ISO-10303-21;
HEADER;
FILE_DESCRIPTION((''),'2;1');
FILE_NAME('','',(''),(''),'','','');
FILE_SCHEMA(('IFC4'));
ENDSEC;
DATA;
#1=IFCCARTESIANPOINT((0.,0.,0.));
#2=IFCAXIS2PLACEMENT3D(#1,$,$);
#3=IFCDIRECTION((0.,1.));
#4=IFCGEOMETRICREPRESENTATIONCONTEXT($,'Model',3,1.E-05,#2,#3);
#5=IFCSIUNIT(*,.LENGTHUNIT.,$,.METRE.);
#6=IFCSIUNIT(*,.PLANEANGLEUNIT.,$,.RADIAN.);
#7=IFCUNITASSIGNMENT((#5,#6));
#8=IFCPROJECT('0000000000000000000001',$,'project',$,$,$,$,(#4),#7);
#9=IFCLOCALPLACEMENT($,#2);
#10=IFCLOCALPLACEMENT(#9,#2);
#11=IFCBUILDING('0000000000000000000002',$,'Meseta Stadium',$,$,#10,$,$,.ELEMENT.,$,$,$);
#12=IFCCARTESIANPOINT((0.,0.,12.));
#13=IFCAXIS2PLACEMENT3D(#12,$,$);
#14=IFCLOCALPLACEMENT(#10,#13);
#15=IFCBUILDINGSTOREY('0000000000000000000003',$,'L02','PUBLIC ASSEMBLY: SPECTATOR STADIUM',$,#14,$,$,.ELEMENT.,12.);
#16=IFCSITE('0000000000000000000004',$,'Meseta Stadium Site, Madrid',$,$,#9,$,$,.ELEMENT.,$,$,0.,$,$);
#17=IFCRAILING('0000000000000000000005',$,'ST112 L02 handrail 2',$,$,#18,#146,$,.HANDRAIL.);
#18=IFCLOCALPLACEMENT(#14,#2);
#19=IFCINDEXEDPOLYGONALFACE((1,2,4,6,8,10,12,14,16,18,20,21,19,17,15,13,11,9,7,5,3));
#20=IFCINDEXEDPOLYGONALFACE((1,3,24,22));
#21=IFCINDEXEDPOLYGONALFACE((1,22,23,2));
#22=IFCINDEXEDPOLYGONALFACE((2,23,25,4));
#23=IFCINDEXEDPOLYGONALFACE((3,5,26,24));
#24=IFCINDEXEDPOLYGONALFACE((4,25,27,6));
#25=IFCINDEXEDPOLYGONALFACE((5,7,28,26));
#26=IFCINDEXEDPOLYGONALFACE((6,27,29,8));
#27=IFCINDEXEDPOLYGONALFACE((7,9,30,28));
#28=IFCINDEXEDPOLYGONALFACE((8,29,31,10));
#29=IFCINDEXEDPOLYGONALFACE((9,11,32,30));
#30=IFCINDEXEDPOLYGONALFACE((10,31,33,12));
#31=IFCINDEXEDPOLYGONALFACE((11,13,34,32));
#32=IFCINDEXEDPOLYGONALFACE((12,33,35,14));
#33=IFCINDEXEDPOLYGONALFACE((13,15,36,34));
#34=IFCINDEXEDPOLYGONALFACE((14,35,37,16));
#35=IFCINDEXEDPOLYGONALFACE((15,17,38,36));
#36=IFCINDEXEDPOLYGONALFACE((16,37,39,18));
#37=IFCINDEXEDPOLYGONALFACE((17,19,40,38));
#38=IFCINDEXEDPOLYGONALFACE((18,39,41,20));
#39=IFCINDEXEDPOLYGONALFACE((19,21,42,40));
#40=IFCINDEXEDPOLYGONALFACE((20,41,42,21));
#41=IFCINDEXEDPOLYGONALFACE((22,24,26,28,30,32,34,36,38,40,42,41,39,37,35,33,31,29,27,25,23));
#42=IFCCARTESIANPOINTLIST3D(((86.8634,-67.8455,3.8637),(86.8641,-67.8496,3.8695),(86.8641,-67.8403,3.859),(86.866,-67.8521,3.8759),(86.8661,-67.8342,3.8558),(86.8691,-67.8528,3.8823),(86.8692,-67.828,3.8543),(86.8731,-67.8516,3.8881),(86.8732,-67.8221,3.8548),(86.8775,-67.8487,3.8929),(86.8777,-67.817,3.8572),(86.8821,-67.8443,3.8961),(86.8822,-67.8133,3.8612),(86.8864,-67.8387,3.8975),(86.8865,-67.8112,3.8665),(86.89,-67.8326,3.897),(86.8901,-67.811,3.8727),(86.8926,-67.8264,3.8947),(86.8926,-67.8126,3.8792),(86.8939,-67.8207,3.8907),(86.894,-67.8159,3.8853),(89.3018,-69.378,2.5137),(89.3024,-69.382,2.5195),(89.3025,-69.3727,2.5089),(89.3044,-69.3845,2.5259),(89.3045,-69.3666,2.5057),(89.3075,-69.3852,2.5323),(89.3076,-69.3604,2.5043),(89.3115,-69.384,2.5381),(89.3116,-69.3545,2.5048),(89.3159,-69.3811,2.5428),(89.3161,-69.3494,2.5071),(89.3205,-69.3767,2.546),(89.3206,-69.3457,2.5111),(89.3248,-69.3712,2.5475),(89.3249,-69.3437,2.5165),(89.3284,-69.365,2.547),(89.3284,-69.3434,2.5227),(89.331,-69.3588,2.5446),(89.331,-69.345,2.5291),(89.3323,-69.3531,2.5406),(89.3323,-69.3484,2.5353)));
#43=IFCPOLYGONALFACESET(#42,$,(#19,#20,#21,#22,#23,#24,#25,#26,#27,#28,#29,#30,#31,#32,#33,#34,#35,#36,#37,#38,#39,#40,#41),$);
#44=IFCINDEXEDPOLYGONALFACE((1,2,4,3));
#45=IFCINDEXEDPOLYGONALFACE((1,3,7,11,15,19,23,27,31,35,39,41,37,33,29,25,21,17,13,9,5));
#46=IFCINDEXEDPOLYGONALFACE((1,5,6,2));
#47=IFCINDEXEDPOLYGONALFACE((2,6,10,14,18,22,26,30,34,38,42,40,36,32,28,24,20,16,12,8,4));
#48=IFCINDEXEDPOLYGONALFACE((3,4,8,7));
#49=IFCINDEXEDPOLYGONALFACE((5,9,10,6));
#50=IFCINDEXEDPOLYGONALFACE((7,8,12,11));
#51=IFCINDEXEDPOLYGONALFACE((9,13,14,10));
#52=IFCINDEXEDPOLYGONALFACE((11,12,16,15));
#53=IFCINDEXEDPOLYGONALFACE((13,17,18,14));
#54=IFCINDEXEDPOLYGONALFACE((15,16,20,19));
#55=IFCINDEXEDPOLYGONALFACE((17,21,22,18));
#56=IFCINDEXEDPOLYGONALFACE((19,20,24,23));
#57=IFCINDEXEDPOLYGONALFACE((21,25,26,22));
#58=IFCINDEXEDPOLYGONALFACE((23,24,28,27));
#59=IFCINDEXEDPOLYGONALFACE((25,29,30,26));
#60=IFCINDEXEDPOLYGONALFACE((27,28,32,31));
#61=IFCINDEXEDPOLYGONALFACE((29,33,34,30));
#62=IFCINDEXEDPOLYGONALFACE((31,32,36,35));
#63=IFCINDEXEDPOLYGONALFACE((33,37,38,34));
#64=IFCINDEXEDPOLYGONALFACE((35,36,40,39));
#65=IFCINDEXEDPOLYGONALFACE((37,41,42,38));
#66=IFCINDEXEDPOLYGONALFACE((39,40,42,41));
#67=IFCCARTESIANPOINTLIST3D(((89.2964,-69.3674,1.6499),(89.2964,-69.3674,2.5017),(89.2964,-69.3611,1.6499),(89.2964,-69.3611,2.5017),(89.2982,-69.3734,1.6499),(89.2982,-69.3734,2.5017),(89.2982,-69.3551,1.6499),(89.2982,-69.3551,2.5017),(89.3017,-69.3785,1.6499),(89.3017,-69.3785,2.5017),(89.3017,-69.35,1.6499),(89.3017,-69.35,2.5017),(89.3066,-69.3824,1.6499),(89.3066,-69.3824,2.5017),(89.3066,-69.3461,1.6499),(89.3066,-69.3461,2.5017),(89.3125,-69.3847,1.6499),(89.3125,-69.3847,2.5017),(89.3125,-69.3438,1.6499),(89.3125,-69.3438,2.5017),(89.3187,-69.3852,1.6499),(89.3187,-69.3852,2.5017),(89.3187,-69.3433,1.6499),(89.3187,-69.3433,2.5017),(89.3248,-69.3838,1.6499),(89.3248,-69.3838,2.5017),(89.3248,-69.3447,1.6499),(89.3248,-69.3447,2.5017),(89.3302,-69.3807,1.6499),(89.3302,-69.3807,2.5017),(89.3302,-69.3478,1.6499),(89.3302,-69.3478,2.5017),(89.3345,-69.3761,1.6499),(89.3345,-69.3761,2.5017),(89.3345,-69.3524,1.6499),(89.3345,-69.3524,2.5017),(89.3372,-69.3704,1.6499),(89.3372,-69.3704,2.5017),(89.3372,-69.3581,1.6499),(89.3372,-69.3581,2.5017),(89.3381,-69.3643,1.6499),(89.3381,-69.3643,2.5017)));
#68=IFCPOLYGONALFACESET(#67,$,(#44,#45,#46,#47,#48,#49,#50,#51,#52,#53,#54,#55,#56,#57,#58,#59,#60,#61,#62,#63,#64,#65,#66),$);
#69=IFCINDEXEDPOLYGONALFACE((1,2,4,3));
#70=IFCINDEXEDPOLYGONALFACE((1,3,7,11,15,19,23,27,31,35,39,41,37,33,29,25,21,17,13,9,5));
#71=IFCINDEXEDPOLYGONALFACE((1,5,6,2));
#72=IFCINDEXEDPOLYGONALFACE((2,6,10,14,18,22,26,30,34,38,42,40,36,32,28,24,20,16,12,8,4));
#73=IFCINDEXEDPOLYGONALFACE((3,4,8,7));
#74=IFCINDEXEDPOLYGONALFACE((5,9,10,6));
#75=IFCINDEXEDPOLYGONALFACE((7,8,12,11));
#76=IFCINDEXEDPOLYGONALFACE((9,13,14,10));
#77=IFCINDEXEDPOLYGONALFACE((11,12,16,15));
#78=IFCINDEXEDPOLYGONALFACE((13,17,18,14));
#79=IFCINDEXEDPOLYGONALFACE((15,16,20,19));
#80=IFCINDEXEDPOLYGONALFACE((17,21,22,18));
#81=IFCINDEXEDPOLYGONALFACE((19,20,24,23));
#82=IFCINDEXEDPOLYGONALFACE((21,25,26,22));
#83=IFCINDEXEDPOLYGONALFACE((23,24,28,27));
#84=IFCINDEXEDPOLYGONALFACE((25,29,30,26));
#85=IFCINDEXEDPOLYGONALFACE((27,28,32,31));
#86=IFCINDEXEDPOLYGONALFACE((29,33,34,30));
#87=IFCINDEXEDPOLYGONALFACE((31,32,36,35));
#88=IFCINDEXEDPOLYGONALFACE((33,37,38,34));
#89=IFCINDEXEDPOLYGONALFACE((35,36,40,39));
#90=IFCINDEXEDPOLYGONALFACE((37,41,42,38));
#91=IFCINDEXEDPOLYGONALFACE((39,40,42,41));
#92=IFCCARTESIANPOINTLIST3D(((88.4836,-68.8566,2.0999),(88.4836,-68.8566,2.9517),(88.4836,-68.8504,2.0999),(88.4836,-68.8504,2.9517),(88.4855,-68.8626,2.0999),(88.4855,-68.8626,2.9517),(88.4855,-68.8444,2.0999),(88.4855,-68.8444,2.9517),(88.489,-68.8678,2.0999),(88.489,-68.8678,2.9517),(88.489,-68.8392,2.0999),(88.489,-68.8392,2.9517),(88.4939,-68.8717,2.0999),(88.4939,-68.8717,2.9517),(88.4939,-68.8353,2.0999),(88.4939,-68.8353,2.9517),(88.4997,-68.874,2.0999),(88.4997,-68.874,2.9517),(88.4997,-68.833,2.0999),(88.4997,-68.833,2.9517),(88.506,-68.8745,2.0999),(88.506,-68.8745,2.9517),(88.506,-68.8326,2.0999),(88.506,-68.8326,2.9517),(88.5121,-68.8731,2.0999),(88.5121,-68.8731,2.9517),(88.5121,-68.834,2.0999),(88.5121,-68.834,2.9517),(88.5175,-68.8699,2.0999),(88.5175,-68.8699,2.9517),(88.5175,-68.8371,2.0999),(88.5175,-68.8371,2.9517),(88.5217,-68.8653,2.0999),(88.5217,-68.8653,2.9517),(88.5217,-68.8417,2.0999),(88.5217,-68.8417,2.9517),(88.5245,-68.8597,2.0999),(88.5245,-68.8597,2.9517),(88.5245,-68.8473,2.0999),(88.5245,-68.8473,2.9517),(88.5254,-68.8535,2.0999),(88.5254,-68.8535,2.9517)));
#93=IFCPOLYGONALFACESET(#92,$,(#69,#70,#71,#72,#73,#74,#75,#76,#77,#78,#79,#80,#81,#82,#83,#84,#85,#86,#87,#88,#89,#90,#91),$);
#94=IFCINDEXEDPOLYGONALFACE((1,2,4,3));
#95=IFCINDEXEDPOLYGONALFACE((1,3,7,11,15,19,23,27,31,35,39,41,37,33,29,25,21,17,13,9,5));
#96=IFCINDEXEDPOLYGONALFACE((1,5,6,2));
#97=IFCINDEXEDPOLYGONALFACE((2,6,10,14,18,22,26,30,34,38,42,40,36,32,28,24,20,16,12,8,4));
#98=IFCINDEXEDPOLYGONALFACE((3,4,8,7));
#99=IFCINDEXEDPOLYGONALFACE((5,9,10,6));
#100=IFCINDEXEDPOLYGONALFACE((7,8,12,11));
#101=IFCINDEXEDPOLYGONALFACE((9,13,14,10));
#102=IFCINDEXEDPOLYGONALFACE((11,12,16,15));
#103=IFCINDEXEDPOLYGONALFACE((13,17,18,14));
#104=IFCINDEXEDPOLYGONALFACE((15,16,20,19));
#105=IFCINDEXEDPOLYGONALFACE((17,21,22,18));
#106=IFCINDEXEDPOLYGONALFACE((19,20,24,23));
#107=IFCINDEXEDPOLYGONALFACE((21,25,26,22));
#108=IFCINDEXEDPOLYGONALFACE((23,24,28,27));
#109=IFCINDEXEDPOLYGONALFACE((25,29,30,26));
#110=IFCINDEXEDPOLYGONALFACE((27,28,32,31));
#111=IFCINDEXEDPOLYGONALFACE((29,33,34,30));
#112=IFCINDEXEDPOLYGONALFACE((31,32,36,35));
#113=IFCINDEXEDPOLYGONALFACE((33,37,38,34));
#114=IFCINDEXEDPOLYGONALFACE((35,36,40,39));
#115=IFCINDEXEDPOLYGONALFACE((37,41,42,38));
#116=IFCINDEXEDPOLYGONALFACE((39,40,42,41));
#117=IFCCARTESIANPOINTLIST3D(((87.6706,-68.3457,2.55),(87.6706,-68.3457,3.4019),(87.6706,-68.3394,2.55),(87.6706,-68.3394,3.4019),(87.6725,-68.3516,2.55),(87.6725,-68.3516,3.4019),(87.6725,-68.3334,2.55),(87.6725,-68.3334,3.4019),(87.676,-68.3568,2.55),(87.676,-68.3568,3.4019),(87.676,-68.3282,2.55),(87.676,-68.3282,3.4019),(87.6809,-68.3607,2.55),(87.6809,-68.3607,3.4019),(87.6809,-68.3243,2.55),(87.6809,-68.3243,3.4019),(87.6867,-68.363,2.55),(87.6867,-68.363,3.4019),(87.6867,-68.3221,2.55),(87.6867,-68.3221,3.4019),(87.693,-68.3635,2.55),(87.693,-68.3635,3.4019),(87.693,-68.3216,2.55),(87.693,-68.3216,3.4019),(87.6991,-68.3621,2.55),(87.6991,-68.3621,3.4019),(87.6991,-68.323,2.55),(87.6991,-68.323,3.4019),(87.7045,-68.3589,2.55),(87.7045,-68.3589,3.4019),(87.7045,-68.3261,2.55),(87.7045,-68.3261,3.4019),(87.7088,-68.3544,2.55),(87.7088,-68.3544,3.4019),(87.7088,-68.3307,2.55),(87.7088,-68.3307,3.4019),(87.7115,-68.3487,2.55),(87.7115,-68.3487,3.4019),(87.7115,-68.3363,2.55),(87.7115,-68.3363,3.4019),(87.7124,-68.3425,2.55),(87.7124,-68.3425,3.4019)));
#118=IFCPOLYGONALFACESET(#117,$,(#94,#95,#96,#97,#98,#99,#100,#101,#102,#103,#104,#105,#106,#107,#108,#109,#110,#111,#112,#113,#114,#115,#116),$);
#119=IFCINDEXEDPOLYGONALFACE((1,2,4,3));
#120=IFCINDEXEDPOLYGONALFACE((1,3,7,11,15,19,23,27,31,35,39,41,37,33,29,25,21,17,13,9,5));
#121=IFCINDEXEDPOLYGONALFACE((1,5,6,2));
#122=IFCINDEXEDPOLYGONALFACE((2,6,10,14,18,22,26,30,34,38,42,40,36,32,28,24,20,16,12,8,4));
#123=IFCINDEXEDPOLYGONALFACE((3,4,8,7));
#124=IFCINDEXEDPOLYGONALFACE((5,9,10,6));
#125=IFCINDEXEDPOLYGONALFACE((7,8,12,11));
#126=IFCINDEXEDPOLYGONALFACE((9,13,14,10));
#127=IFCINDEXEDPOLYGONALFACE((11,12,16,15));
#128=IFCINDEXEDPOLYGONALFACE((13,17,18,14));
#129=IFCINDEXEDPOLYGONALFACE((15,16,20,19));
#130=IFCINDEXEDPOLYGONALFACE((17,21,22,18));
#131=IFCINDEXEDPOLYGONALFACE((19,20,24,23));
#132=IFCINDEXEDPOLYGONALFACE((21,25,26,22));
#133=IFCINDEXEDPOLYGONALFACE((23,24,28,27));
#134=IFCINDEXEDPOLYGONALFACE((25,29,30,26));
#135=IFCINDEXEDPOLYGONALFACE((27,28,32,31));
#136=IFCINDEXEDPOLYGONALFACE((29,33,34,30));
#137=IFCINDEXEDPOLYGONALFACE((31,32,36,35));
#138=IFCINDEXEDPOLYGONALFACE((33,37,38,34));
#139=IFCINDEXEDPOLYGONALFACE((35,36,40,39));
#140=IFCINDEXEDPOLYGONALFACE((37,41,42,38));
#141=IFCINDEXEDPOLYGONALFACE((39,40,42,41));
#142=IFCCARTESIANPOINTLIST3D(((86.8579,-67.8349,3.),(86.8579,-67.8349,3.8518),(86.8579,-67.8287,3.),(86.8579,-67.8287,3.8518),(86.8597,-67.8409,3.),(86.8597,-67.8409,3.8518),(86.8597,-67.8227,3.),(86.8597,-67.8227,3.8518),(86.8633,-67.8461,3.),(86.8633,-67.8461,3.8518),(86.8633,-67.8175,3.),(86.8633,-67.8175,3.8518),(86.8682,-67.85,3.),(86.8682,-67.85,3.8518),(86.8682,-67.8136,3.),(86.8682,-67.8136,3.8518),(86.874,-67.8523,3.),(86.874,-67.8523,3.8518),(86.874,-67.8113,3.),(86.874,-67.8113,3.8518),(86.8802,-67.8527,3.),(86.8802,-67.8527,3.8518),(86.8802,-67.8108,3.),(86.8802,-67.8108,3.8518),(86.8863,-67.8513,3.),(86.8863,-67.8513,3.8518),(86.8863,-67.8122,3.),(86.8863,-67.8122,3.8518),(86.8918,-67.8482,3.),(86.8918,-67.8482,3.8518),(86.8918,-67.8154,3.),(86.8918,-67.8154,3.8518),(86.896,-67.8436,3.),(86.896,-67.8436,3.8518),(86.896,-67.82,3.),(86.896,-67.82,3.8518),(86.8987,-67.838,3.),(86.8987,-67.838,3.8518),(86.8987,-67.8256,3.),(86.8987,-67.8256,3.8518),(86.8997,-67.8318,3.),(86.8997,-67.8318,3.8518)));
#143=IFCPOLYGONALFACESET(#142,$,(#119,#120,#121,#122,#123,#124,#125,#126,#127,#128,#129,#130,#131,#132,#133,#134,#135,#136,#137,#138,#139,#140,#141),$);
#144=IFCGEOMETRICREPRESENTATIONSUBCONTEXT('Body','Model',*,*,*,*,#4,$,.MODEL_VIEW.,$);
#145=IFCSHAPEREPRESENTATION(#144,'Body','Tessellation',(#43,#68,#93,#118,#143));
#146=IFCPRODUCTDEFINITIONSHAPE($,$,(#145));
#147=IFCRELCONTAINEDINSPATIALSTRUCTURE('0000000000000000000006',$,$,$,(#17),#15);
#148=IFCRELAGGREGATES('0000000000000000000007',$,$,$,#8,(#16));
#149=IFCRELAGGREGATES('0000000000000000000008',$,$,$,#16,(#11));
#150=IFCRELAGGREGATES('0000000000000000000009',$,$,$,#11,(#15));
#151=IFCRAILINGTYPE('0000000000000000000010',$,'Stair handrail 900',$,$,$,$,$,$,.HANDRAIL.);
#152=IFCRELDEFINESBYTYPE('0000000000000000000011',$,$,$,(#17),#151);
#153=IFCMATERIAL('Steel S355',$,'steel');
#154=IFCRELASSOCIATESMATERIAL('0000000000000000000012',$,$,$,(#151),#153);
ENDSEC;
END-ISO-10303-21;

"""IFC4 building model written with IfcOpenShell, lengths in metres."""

from ifc_helpers import new_model, si_unit, direction, frame, origin, origin_2d, place, context, subcontext, project, spatial, circle, extrude, material, type_object, element, save


model = new_model("IFC4")

# Units and contexts
model_context = context("Model", 3, precision=1e-05, world=origin(), true_north=direction((0.0, 1.0)))
body_context = subcontext(model_context, "Body", "Model", "MODEL_VIEW")
ifc_project = project(units=[si_unit("LENGTHUNIT", "METRE"), si_unit("PLANEANGLEUNIT", "RADIAN")], contexts=[model_context])

# Site, building, storey
site_placement = place(None, origin())
site = spatial("IfcSite", under=ifc_project, at=site_placement, Name="Meseta Stadium Site, Madrid", CompositionType="ELEMENT", RefElevation=0.0)
building_placement = place(site_placement, origin())
building = spatial("IfcBuilding", under=site, at=building_placement, Name="Meseta Stadium", CompositionType="ELEMENT")
storey_placement = place(building_placement, frame((0.0, 0.0, 12.0)))
storey = spatial("IfcBuildingStorey", under=building, at=storey_placement, Name="L02", Description="PUBLIC ASSEMBLY: SPECTATOR STADIUM", CompositionType="ELEMENT", Elevation=12.0)

# Railing
ifc_material_1 = material(Name="Steel S355", Category="steel")
railing_type_1 = type_object("IfcRailingType", Name="Stair handrail 900", PredefinedType="HANDRAIL", material=ifc_material_1)
for number, where, name in (
    (1, (89.3171, -69.3643, 1.6499), "ST112 L02 handrail 2"),
):
    element("IfcRailing", number, at=place(storey_placement, frame(where)), inside=storey, type_object=railing_type_1, Name=name, PredefinedType="HANDRAIL", context=body_context, shape_type="SweptSolid", body=[
        extrude(circle(Radius=0.0239, at=origin_2d()), frame((0.0, 0.0, 0.876), z_axis=(-0.766627, 0.48179, 0.424454), x_axis=(-0.5321, -0.846681, 0.0)), (0.0, 0.0, 1.0), 3.1807),
        extrude(circle(Radius=0.021, at=origin_2d()), origin(), (0.0, 0.0, 1.0), 0.8518),
        extrude(circle(Radius=0.021, at=origin_2d()), frame((-0.8127, 0.5107, 0.45)), (0.0, 0.0, 1.0), 0.8518),
        extrude(circle(Radius=0.021, at=origin_2d()), frame((-1.6257, 1.0217, 0.9001)), (0.0, 0.0, 1.0), 0.8518),
        extrude(circle(Radius=0.021, at=origin_2d()), frame((-2.4385, 1.5325, 1.3501)), (0.0, 0.0, 1.0), 0.8518),
    ])

save(model, "model.ifc")
